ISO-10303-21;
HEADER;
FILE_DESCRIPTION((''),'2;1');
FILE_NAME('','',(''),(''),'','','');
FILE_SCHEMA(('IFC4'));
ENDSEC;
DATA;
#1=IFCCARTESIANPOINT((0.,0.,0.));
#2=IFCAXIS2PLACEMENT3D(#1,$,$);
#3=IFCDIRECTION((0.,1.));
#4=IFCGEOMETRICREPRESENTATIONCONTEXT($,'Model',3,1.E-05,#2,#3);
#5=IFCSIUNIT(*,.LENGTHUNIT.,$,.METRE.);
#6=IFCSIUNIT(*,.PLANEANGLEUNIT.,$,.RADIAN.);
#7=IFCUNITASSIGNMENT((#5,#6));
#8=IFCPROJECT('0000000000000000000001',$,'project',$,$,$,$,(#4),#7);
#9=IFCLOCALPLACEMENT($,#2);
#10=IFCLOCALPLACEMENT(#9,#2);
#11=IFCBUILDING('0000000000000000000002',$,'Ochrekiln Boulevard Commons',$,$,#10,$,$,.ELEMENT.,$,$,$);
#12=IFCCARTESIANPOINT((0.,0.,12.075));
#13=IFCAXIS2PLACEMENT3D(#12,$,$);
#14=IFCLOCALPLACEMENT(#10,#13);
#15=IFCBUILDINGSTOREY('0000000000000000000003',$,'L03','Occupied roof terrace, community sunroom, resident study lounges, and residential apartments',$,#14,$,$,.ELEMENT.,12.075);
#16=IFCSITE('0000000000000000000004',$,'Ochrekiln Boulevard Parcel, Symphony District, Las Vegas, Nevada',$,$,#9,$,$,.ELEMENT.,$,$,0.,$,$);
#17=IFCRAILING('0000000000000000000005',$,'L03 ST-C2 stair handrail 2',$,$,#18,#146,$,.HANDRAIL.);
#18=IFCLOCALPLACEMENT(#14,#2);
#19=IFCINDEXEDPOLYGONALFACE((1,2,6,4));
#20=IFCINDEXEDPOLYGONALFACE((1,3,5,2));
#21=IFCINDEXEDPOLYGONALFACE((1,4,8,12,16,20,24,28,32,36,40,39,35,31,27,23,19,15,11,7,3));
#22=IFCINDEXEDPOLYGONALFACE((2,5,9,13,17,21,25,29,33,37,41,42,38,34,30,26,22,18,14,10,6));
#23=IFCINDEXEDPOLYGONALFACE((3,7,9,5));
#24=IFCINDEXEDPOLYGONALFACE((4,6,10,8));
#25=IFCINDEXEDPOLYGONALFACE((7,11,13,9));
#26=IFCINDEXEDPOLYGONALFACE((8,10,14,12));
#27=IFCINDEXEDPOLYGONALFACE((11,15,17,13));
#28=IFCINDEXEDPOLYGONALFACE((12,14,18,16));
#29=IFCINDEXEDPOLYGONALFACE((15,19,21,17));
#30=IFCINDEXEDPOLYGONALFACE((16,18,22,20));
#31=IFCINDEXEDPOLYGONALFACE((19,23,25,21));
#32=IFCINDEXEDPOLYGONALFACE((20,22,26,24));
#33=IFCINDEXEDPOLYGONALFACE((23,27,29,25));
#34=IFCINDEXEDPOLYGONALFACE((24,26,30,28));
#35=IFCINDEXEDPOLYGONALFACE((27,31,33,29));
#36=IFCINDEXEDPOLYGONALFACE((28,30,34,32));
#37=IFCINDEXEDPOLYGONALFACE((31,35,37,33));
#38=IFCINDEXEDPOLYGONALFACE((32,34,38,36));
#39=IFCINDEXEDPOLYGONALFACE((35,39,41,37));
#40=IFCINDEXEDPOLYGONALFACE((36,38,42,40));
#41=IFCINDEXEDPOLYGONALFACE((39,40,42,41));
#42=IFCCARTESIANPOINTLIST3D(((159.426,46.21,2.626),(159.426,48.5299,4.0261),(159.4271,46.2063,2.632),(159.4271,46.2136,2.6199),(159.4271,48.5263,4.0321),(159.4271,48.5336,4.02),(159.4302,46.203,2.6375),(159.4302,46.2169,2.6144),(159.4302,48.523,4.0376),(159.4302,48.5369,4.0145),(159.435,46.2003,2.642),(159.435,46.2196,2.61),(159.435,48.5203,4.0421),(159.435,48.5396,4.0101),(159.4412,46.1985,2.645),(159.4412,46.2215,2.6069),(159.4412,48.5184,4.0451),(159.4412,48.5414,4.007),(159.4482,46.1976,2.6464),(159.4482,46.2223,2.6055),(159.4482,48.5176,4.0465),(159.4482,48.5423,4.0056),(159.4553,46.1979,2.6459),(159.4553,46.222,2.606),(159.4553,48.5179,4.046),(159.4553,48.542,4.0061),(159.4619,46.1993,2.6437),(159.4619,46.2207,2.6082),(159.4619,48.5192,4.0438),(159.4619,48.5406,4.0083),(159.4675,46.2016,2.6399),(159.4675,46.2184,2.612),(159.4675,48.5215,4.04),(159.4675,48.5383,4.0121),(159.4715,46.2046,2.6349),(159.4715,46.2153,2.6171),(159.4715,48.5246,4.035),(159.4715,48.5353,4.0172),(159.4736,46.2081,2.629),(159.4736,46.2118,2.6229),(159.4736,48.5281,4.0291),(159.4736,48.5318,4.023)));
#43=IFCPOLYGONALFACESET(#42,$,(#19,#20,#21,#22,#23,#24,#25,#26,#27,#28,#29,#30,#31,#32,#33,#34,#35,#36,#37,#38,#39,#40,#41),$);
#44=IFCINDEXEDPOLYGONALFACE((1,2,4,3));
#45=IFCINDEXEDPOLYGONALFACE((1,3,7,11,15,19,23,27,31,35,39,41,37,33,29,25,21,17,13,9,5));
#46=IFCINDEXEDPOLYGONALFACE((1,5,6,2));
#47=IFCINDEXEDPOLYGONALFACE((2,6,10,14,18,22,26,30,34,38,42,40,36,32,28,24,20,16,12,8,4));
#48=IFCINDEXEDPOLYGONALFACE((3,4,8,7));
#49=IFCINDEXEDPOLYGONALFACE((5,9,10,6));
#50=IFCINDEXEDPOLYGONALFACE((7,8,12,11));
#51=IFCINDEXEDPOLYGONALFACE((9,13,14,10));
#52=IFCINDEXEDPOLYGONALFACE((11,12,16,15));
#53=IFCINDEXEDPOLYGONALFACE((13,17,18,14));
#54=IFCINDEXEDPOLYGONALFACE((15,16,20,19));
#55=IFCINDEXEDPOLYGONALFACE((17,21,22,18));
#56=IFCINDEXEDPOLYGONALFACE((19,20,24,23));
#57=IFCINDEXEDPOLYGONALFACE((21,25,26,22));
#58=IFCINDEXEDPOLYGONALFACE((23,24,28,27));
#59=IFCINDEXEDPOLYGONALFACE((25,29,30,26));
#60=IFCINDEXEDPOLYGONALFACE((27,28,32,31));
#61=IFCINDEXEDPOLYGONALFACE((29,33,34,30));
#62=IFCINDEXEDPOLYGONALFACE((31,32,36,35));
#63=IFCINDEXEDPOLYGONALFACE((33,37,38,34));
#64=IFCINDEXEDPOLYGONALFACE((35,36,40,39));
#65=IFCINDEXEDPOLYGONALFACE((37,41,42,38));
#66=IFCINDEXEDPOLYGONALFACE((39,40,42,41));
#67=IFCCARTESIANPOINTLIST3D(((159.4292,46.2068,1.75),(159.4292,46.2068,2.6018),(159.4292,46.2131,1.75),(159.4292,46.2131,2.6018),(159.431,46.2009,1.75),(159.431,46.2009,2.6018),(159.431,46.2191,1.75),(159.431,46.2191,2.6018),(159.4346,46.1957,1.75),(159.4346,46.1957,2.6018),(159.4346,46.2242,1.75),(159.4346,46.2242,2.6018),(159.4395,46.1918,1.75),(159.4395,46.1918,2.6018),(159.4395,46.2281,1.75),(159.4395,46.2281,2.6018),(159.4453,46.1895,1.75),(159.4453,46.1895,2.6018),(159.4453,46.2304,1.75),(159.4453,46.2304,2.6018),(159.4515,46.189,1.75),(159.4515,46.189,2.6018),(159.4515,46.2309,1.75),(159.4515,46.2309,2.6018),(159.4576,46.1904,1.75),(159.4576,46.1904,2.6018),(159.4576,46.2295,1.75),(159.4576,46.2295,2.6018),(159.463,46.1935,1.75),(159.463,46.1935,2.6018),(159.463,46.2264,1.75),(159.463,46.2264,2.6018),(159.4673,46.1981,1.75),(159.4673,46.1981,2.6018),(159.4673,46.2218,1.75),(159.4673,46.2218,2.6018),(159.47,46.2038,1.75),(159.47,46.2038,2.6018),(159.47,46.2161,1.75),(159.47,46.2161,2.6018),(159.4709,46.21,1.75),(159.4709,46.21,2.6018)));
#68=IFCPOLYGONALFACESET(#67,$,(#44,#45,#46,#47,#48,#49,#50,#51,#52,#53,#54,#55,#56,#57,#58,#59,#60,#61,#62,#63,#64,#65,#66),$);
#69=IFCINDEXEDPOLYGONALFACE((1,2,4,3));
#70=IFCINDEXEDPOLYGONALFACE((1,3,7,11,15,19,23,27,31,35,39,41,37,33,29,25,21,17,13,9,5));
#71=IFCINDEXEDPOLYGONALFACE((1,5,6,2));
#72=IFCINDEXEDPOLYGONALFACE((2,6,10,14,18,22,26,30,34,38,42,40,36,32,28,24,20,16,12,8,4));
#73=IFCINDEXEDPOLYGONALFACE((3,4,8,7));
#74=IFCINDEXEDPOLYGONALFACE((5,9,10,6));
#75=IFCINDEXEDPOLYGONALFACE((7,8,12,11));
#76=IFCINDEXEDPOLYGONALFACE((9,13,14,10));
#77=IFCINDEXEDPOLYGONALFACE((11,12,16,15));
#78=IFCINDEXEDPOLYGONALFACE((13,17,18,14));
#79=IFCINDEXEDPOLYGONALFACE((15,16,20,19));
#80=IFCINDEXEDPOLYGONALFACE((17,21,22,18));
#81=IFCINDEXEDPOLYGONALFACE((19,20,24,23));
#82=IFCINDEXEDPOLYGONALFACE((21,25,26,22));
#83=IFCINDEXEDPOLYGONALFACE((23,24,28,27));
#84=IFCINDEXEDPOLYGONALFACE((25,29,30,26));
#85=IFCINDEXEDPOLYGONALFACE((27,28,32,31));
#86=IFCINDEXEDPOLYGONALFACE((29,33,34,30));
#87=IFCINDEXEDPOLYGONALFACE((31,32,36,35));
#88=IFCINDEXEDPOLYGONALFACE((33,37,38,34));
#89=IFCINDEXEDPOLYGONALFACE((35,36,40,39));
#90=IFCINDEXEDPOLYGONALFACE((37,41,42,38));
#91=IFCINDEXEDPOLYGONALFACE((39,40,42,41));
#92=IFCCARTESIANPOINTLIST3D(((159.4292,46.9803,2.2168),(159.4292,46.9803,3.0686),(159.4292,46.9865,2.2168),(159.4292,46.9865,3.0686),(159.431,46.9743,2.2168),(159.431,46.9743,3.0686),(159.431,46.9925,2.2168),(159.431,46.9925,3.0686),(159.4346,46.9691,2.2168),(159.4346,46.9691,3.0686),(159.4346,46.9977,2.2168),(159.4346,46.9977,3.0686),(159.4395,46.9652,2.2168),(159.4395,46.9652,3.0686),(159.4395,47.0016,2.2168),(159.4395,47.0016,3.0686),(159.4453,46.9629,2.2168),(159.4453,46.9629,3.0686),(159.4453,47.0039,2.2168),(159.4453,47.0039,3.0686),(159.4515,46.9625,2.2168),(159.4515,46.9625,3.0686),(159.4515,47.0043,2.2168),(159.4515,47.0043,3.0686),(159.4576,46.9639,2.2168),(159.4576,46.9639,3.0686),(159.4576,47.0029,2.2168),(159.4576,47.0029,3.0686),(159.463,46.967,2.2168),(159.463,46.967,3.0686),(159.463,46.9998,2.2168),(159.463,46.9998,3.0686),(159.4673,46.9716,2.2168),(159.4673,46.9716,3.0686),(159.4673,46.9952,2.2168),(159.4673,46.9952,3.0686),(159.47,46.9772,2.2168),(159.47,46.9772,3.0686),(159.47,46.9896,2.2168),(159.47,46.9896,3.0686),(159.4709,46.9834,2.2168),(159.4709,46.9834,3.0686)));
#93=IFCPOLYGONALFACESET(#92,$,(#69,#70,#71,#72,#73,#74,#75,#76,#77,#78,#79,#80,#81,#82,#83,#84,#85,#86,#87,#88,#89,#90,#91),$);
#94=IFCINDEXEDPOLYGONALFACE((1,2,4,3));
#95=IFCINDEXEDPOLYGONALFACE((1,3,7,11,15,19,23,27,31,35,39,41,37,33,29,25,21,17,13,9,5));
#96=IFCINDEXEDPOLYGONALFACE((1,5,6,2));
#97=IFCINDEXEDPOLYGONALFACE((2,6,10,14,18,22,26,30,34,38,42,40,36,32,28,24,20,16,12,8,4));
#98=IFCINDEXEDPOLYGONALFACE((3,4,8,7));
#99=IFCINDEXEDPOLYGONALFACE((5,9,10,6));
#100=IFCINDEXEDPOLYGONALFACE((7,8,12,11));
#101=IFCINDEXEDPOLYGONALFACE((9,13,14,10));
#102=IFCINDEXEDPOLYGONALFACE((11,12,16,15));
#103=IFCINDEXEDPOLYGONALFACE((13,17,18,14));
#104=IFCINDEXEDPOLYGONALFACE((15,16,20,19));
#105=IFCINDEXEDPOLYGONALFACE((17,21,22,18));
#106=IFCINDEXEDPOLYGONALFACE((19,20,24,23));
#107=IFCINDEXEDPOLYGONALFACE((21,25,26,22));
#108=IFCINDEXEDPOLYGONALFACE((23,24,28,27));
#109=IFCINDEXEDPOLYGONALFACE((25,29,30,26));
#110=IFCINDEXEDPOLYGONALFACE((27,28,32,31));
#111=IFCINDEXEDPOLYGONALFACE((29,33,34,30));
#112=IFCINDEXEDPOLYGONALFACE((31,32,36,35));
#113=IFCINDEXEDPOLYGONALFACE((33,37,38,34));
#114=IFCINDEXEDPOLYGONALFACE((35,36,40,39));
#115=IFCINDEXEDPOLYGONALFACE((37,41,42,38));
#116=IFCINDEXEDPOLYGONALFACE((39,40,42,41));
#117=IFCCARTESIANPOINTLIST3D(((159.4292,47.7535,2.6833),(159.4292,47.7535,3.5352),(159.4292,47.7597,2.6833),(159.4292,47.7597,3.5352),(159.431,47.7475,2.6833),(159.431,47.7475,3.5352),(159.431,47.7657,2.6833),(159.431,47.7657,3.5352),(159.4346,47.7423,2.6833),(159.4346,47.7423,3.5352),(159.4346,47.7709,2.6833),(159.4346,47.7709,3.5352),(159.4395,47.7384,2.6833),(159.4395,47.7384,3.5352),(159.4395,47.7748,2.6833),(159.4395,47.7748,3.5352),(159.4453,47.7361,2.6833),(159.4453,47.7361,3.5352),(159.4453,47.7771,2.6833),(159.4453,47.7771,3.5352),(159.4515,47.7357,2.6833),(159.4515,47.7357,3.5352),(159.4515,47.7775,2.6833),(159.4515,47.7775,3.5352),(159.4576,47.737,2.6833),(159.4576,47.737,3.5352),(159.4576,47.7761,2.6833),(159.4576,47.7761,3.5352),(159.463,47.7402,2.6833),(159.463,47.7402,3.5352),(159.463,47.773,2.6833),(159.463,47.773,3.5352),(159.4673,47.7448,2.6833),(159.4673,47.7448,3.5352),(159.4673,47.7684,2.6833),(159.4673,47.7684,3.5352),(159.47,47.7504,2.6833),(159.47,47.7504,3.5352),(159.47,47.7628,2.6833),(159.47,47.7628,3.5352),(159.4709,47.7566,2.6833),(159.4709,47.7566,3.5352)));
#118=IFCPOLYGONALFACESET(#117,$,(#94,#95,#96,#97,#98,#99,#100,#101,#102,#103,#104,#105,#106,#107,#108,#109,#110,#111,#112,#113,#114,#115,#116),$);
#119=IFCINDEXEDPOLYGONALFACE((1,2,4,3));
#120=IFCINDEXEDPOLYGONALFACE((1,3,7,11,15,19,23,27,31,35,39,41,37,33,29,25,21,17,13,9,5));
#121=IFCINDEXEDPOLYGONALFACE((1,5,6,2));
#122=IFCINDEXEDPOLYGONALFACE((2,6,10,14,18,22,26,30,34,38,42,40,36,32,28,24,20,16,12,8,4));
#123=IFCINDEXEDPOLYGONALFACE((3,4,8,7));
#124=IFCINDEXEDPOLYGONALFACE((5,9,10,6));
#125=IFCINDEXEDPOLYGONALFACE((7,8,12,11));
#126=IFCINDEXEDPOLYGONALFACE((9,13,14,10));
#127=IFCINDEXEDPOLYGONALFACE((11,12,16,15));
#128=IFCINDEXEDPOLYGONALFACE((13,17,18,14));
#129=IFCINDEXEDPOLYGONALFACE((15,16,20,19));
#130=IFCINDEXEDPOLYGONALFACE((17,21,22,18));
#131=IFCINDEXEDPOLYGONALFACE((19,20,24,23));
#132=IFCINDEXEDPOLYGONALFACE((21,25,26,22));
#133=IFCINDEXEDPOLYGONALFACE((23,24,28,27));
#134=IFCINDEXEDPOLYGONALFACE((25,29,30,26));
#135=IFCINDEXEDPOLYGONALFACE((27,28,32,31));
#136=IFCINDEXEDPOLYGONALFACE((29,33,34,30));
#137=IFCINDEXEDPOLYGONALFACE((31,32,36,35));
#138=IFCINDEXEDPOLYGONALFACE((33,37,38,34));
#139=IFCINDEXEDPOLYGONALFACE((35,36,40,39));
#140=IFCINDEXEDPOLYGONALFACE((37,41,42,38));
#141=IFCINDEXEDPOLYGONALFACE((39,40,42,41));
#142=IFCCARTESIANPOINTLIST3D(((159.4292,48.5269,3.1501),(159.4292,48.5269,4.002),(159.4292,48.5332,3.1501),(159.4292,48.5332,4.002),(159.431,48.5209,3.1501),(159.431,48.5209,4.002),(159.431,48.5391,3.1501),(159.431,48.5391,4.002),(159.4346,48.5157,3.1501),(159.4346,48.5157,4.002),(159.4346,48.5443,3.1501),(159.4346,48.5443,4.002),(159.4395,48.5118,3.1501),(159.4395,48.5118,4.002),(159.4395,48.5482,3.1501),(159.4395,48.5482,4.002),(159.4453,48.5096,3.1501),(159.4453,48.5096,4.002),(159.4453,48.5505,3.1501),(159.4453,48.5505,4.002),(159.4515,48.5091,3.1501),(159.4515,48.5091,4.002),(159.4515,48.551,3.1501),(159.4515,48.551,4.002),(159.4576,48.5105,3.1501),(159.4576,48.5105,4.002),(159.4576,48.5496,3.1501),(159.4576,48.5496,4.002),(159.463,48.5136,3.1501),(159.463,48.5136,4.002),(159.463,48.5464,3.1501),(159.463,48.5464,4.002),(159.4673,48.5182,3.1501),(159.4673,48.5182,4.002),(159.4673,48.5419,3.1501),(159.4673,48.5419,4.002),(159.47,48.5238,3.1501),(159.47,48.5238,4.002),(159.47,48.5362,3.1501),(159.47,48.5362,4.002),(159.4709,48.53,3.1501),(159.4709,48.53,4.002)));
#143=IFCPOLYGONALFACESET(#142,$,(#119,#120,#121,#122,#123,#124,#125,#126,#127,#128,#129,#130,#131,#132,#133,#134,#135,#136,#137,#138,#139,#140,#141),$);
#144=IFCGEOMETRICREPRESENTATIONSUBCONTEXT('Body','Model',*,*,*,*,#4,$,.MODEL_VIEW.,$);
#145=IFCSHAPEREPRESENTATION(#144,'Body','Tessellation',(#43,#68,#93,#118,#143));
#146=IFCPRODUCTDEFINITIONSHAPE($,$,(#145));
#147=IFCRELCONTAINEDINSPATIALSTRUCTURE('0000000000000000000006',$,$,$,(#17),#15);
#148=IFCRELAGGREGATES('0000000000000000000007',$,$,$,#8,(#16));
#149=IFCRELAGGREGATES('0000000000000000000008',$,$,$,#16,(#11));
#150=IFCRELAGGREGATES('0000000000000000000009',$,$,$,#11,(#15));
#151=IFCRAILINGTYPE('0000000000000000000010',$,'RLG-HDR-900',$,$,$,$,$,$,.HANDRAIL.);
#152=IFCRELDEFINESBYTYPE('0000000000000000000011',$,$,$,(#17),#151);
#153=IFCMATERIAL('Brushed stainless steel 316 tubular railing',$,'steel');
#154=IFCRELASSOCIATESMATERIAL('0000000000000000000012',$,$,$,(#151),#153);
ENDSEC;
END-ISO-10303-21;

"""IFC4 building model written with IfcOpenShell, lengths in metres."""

from ifc_helpers import new_model, si_unit, direction, frame, origin, origin_2d, place, context, subcontext, project, spatial, circle, extrude, material, type_object, element, save


model = new_model("IFC4")

# Units and contexts
model_context = context("Model", 3, precision=1e-05, world=origin(), true_north=direction((0.0, 1.0)))
body_context = subcontext(model_context, "Body", "Model", "MODEL_VIEW")
ifc_project = project(units=[si_unit("LENGTHUNIT", "METRE"), si_unit("PLANEANGLEUNIT", "RADIAN")], contexts=[model_context])

# Site, building, storey
site_placement = place(None, origin())
site = spatial("IfcSite", under=ifc_project, at=site_placement, Name="Ochrekiln Boulevard Parcel, Symphony District, Las Vegas, Nevada", CompositionType="ELEMENT", RefElevation=0.0)
building_placement = place(site_placement, origin())
building = spatial("IfcBuilding", under=site, at=building_placement, Name="Ochrekiln Boulevard Commons", CompositionType="ELEMENT")
storey_placement = place(building_placement, frame((0.0, 0.0, 12.075)))
storey = spatial("IfcBuildingStorey", under=building, at=storey_placement, Name="L03", Description="Occupied roof terrace, community sunroom, resident study lounges, and residential apartments", CompositionType="ELEMENT", Elevation=12.075)

# Railing
ifc_material_1 = material(Name="Brushed stainless steel 316 tubular railing", Category="steel")
railing_type_1 = type_object("IfcRailingType", Name="RLG-HDR-900", PredefinedType="HANDRAIL", material=ifc_material_1)
railing_1_placement = place(storey_placement, frame((159.45, 46.21, 1.75)))
element("IfcRailing", 1, at=railing_1_placement, inside=storey, type_object=railing_type_1, Name="L03 ST-C2 stair handrail 2", PredefinedType="HANDRAIL", context=body_context, shape_type="SweptSolid", body=[
    extrude(circle(Radius=0.0239, at=origin_2d()), frame((0.0, 0.0, 0.876), z_axis=(0.0, 0.85617, 0.516693), x_axis=(-1.0, 0.0, 0.0)), (0.0, 0.0, 1.0), 2.7097),
    extrude(circle(Radius=0.021, at=origin_2d()), origin(), (0.0, 0.0, 1.0), 0.8518),
    extrude(circle(Radius=0.021, at=origin_2d()), frame((0.0, 0.7734, 0.4668)), (0.0, 0.0, 1.0), 0.8518),
    extrude(circle(Radius=0.021, at=origin_2d()), frame((0.0, 1.5466, 0.9333)), (0.0, 0.0, 1.0), 0.8518),
    extrude(circle(Radius=0.021, at=origin_2d()), frame((0.0, 2.3201, 1.4001)), (0.0, 0.0, 1.0), 0.8518),
])

save(model, "model.ifc")
